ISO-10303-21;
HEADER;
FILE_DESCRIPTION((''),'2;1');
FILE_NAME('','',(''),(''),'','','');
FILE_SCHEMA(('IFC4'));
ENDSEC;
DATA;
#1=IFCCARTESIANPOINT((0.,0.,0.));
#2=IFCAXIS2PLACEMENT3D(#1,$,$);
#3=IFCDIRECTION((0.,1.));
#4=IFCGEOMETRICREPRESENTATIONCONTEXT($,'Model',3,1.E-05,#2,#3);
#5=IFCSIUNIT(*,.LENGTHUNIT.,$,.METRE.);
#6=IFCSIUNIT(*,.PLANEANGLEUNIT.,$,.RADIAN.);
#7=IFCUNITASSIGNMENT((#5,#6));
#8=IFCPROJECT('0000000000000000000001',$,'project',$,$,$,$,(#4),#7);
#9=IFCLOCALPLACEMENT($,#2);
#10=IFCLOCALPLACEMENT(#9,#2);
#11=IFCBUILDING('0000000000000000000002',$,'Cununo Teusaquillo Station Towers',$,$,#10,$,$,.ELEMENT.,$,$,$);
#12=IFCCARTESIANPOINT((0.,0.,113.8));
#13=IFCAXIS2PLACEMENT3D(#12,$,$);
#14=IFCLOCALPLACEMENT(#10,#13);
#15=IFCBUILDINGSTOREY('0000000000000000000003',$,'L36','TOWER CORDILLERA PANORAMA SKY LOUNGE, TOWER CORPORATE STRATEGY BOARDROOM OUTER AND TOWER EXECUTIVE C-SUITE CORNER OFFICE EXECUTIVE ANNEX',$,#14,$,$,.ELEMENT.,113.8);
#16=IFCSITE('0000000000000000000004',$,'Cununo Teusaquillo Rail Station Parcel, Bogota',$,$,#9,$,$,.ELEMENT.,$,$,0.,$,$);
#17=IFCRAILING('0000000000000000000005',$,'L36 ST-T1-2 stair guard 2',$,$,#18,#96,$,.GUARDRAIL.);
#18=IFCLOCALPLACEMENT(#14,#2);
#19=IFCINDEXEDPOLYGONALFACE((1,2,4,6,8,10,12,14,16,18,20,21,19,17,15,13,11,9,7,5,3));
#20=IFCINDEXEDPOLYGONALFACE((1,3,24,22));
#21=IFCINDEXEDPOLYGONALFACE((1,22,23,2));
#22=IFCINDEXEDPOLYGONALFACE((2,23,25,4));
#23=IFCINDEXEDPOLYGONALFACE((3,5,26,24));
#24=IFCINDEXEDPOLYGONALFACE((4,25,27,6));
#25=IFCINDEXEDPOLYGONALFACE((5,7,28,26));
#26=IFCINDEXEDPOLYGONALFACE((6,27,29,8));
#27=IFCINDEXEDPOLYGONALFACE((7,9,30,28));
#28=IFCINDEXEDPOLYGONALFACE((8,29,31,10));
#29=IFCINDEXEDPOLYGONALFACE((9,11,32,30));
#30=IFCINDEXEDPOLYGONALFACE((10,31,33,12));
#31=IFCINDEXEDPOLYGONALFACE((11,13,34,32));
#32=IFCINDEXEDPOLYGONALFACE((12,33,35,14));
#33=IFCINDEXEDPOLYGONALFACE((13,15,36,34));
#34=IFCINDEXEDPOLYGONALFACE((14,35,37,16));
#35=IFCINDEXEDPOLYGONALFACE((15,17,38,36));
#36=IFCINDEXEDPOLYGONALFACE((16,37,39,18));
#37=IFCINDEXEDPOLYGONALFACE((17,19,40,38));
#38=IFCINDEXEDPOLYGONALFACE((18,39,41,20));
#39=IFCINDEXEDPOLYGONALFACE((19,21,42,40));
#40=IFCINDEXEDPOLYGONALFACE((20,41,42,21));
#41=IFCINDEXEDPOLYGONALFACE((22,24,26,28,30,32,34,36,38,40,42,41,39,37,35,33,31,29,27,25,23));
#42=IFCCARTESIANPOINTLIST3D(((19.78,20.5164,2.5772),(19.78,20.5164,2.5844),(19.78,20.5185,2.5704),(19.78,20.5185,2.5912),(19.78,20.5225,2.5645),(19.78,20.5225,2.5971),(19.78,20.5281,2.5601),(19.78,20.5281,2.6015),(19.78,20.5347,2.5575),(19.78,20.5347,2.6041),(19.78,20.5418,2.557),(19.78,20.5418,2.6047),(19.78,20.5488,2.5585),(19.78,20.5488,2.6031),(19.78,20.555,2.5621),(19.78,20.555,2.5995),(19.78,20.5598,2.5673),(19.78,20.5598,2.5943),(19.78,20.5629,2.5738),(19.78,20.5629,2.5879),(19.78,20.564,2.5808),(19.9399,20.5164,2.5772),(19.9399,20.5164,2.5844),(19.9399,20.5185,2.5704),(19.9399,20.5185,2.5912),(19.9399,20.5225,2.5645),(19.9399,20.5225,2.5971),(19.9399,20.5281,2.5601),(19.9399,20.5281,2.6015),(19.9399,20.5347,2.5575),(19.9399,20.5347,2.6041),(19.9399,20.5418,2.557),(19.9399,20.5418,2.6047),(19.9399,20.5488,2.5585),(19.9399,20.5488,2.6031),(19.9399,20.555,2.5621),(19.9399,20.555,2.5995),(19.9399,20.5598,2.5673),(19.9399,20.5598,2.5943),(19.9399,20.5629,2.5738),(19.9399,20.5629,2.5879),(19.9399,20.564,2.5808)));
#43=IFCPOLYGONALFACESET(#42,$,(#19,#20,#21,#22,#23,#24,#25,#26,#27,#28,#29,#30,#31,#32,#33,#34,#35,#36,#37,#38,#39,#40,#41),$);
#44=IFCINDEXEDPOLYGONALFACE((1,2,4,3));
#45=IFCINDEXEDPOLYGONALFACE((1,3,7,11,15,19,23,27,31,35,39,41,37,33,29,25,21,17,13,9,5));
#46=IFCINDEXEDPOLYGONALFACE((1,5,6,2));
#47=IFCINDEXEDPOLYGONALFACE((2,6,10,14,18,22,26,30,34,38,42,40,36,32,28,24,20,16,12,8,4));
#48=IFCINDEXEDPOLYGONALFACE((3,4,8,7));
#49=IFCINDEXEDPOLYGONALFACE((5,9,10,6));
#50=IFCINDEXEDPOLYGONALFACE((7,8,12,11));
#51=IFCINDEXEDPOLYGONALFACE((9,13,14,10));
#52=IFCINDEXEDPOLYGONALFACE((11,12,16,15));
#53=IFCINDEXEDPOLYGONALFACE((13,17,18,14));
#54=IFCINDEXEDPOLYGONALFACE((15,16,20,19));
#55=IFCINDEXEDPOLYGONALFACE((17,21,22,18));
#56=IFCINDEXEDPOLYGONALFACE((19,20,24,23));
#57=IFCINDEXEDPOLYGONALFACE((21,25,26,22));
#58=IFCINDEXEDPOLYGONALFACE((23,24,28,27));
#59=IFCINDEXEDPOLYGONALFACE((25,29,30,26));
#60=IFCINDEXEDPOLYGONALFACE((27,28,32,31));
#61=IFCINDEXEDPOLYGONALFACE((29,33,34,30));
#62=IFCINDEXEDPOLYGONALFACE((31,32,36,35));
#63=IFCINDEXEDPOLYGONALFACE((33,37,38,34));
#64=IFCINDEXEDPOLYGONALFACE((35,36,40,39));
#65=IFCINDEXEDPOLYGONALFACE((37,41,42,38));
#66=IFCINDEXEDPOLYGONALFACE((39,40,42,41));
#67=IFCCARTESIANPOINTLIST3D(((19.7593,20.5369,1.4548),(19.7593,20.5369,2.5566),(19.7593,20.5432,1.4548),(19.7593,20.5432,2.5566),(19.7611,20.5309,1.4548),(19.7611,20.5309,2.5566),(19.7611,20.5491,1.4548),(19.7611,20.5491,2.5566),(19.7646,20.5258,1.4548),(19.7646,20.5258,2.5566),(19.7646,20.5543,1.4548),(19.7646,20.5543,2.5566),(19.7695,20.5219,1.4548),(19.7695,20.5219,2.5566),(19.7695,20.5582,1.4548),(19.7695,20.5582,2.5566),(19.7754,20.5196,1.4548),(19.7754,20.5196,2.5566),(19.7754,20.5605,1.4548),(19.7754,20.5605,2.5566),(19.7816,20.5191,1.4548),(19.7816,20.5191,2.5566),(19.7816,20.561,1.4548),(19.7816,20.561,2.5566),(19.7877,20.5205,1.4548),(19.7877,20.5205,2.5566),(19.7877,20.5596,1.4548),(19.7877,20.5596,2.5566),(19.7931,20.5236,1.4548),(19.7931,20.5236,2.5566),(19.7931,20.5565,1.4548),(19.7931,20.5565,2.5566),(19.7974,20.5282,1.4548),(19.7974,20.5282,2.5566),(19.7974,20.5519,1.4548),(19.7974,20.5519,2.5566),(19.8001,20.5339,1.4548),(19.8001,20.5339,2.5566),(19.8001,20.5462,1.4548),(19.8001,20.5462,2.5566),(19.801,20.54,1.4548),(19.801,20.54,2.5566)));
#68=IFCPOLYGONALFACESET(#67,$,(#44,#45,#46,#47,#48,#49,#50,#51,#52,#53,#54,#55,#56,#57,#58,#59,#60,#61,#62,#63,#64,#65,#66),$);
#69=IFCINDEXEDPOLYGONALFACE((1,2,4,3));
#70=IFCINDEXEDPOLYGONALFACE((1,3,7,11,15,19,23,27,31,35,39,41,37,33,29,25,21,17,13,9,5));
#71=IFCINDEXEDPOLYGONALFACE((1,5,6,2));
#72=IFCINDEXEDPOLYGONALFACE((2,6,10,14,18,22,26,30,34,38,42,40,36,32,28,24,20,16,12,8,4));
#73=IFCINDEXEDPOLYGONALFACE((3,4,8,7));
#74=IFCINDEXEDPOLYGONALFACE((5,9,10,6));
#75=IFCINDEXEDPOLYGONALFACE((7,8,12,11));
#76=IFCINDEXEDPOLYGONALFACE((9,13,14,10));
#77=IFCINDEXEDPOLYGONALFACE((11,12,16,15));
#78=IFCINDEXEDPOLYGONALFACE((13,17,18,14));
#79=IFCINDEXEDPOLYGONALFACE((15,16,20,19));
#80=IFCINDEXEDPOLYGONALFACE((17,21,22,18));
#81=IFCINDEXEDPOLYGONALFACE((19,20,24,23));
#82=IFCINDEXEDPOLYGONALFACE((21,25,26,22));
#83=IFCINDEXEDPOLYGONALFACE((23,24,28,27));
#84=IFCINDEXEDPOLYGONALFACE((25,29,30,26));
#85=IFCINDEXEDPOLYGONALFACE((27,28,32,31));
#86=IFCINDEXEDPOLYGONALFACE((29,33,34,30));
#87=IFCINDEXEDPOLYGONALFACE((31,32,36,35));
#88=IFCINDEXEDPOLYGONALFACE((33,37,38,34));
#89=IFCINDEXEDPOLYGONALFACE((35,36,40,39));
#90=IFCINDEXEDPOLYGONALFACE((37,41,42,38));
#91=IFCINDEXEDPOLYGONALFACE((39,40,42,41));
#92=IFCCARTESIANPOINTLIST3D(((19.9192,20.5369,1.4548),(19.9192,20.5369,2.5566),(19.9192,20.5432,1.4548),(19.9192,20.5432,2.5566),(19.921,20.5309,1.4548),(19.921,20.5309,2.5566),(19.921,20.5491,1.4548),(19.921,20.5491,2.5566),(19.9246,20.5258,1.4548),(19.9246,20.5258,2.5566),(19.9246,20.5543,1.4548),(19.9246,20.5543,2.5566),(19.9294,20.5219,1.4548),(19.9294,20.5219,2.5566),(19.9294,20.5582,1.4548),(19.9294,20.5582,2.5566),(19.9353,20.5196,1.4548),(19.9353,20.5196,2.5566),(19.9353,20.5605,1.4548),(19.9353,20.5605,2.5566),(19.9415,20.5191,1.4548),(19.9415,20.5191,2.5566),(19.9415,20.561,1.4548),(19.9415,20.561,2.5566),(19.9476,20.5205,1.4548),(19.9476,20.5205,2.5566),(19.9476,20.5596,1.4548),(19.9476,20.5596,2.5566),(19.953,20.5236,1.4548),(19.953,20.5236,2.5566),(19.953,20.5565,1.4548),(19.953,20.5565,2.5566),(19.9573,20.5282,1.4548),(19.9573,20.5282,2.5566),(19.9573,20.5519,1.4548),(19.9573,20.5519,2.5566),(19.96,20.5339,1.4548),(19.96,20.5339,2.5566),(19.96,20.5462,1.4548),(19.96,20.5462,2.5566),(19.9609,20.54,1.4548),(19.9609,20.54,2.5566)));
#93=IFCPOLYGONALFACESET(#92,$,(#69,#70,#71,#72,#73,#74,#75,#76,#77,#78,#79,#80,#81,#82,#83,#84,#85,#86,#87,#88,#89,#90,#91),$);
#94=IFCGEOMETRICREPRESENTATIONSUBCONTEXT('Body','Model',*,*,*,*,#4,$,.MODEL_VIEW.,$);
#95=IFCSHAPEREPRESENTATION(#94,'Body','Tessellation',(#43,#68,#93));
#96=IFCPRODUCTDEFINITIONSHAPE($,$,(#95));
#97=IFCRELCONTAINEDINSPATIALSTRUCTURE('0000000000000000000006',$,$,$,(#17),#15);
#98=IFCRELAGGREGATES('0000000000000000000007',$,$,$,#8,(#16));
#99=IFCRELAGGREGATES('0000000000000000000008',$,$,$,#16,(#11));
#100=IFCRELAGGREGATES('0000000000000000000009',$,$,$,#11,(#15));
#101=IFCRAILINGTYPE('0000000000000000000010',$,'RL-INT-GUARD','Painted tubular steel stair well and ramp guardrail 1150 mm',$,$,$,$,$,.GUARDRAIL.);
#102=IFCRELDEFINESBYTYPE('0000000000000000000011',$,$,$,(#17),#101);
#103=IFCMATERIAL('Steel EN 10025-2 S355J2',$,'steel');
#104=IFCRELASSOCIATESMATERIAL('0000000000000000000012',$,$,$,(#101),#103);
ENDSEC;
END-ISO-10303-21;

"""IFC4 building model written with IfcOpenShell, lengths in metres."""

from ifc_helpers import new_model, si_unit, direction, frame, origin, origin_2d, place, context, subcontext, project, spatial, circle, extrude, material, type_object, element, save


model = new_model("IFC4")

# Units and contexts
model_context = context("Model", 3, precision=1e-05, world=origin(), true_north=direction((0.0, 1.0)))
body_context = subcontext(model_context, "Body", "Model", "MODEL_VIEW")
ifc_project = project(units=[si_unit("LENGTHUNIT", "METRE"), si_unit("PLANEANGLEUNIT", "RADIAN")], contexts=[model_context])

# Site, building, storey
site_placement = place(None, origin())
site = spatial("IfcSite", under=ifc_project, at=site_placement, Name="Cununo Teusaquillo Rail Station Parcel, Bogota", CompositionType="ELEMENT", RefElevation=0.0)
building_placement = place(site_placement, origin())
building = spatial("IfcBuilding", under=site, at=building_placement, Name="Cununo Teusaquillo Station Towers", CompositionType="ELEMENT")
storey_placement = place(building_placement, frame((0.0, 0.0, 113.8)))
storey = spatial("IfcBuildingStorey", under=building, at=storey_placement, Name="L36", Description="TOWER CORDILLERA PANORAMA SKY LOUNGE, TOWER CORPORATE STRATEGY BOARDROOM OUTER AND TOWER EXECUTIVE C-SUITE CORNER OFFICE EXECUTIVE ANNEX", CompositionType="ELEMENT", Elevation=113.8)

# Railing
ifc_material_1 = material(Name="Steel EN 10025-2 S355J2", Category="steel")
railing_type_1 = type_object("IfcRailingType", Name="RL-INT-GUARD", Description="Painted tubular steel stair well and ramp guardrail 1150 mm", PredefinedType="GUARDRAIL", material=ifc_material_1)
railing_1_placement = place(storey_placement, frame((19.78, 20.54, 1.4548)))
element("IfcRailing", 1, at=railing_1_placement, inside=storey, type_object=railing_type_1, Name="L36 ST-T1-2 stair guard 2", PredefinedType="GUARDRAIL", context=body_context, shape_type="SweptSolid", body=[
    extrude(circle(Radius=0.0239, at=origin_2d()), frame((0.0, 0.0, 1.126), z_axis=(1.0, 0.0, 0.0), x_axis=(0.0, 1.0, 0.0)), (0.0, 0.0, 1.0), 0.1599),
    extrude(circle(Radius=0.021, at=origin_2d()), origin(), (0.0, 0.0, 1.0), 1.1018),
    extrude(circle(Radius=0.021, at=origin_2d()), frame((0.1599, 0.0, 0.0)), (0.0, 0.0, 1.0), 1.1018),
])

save(model, "model.ifc")
